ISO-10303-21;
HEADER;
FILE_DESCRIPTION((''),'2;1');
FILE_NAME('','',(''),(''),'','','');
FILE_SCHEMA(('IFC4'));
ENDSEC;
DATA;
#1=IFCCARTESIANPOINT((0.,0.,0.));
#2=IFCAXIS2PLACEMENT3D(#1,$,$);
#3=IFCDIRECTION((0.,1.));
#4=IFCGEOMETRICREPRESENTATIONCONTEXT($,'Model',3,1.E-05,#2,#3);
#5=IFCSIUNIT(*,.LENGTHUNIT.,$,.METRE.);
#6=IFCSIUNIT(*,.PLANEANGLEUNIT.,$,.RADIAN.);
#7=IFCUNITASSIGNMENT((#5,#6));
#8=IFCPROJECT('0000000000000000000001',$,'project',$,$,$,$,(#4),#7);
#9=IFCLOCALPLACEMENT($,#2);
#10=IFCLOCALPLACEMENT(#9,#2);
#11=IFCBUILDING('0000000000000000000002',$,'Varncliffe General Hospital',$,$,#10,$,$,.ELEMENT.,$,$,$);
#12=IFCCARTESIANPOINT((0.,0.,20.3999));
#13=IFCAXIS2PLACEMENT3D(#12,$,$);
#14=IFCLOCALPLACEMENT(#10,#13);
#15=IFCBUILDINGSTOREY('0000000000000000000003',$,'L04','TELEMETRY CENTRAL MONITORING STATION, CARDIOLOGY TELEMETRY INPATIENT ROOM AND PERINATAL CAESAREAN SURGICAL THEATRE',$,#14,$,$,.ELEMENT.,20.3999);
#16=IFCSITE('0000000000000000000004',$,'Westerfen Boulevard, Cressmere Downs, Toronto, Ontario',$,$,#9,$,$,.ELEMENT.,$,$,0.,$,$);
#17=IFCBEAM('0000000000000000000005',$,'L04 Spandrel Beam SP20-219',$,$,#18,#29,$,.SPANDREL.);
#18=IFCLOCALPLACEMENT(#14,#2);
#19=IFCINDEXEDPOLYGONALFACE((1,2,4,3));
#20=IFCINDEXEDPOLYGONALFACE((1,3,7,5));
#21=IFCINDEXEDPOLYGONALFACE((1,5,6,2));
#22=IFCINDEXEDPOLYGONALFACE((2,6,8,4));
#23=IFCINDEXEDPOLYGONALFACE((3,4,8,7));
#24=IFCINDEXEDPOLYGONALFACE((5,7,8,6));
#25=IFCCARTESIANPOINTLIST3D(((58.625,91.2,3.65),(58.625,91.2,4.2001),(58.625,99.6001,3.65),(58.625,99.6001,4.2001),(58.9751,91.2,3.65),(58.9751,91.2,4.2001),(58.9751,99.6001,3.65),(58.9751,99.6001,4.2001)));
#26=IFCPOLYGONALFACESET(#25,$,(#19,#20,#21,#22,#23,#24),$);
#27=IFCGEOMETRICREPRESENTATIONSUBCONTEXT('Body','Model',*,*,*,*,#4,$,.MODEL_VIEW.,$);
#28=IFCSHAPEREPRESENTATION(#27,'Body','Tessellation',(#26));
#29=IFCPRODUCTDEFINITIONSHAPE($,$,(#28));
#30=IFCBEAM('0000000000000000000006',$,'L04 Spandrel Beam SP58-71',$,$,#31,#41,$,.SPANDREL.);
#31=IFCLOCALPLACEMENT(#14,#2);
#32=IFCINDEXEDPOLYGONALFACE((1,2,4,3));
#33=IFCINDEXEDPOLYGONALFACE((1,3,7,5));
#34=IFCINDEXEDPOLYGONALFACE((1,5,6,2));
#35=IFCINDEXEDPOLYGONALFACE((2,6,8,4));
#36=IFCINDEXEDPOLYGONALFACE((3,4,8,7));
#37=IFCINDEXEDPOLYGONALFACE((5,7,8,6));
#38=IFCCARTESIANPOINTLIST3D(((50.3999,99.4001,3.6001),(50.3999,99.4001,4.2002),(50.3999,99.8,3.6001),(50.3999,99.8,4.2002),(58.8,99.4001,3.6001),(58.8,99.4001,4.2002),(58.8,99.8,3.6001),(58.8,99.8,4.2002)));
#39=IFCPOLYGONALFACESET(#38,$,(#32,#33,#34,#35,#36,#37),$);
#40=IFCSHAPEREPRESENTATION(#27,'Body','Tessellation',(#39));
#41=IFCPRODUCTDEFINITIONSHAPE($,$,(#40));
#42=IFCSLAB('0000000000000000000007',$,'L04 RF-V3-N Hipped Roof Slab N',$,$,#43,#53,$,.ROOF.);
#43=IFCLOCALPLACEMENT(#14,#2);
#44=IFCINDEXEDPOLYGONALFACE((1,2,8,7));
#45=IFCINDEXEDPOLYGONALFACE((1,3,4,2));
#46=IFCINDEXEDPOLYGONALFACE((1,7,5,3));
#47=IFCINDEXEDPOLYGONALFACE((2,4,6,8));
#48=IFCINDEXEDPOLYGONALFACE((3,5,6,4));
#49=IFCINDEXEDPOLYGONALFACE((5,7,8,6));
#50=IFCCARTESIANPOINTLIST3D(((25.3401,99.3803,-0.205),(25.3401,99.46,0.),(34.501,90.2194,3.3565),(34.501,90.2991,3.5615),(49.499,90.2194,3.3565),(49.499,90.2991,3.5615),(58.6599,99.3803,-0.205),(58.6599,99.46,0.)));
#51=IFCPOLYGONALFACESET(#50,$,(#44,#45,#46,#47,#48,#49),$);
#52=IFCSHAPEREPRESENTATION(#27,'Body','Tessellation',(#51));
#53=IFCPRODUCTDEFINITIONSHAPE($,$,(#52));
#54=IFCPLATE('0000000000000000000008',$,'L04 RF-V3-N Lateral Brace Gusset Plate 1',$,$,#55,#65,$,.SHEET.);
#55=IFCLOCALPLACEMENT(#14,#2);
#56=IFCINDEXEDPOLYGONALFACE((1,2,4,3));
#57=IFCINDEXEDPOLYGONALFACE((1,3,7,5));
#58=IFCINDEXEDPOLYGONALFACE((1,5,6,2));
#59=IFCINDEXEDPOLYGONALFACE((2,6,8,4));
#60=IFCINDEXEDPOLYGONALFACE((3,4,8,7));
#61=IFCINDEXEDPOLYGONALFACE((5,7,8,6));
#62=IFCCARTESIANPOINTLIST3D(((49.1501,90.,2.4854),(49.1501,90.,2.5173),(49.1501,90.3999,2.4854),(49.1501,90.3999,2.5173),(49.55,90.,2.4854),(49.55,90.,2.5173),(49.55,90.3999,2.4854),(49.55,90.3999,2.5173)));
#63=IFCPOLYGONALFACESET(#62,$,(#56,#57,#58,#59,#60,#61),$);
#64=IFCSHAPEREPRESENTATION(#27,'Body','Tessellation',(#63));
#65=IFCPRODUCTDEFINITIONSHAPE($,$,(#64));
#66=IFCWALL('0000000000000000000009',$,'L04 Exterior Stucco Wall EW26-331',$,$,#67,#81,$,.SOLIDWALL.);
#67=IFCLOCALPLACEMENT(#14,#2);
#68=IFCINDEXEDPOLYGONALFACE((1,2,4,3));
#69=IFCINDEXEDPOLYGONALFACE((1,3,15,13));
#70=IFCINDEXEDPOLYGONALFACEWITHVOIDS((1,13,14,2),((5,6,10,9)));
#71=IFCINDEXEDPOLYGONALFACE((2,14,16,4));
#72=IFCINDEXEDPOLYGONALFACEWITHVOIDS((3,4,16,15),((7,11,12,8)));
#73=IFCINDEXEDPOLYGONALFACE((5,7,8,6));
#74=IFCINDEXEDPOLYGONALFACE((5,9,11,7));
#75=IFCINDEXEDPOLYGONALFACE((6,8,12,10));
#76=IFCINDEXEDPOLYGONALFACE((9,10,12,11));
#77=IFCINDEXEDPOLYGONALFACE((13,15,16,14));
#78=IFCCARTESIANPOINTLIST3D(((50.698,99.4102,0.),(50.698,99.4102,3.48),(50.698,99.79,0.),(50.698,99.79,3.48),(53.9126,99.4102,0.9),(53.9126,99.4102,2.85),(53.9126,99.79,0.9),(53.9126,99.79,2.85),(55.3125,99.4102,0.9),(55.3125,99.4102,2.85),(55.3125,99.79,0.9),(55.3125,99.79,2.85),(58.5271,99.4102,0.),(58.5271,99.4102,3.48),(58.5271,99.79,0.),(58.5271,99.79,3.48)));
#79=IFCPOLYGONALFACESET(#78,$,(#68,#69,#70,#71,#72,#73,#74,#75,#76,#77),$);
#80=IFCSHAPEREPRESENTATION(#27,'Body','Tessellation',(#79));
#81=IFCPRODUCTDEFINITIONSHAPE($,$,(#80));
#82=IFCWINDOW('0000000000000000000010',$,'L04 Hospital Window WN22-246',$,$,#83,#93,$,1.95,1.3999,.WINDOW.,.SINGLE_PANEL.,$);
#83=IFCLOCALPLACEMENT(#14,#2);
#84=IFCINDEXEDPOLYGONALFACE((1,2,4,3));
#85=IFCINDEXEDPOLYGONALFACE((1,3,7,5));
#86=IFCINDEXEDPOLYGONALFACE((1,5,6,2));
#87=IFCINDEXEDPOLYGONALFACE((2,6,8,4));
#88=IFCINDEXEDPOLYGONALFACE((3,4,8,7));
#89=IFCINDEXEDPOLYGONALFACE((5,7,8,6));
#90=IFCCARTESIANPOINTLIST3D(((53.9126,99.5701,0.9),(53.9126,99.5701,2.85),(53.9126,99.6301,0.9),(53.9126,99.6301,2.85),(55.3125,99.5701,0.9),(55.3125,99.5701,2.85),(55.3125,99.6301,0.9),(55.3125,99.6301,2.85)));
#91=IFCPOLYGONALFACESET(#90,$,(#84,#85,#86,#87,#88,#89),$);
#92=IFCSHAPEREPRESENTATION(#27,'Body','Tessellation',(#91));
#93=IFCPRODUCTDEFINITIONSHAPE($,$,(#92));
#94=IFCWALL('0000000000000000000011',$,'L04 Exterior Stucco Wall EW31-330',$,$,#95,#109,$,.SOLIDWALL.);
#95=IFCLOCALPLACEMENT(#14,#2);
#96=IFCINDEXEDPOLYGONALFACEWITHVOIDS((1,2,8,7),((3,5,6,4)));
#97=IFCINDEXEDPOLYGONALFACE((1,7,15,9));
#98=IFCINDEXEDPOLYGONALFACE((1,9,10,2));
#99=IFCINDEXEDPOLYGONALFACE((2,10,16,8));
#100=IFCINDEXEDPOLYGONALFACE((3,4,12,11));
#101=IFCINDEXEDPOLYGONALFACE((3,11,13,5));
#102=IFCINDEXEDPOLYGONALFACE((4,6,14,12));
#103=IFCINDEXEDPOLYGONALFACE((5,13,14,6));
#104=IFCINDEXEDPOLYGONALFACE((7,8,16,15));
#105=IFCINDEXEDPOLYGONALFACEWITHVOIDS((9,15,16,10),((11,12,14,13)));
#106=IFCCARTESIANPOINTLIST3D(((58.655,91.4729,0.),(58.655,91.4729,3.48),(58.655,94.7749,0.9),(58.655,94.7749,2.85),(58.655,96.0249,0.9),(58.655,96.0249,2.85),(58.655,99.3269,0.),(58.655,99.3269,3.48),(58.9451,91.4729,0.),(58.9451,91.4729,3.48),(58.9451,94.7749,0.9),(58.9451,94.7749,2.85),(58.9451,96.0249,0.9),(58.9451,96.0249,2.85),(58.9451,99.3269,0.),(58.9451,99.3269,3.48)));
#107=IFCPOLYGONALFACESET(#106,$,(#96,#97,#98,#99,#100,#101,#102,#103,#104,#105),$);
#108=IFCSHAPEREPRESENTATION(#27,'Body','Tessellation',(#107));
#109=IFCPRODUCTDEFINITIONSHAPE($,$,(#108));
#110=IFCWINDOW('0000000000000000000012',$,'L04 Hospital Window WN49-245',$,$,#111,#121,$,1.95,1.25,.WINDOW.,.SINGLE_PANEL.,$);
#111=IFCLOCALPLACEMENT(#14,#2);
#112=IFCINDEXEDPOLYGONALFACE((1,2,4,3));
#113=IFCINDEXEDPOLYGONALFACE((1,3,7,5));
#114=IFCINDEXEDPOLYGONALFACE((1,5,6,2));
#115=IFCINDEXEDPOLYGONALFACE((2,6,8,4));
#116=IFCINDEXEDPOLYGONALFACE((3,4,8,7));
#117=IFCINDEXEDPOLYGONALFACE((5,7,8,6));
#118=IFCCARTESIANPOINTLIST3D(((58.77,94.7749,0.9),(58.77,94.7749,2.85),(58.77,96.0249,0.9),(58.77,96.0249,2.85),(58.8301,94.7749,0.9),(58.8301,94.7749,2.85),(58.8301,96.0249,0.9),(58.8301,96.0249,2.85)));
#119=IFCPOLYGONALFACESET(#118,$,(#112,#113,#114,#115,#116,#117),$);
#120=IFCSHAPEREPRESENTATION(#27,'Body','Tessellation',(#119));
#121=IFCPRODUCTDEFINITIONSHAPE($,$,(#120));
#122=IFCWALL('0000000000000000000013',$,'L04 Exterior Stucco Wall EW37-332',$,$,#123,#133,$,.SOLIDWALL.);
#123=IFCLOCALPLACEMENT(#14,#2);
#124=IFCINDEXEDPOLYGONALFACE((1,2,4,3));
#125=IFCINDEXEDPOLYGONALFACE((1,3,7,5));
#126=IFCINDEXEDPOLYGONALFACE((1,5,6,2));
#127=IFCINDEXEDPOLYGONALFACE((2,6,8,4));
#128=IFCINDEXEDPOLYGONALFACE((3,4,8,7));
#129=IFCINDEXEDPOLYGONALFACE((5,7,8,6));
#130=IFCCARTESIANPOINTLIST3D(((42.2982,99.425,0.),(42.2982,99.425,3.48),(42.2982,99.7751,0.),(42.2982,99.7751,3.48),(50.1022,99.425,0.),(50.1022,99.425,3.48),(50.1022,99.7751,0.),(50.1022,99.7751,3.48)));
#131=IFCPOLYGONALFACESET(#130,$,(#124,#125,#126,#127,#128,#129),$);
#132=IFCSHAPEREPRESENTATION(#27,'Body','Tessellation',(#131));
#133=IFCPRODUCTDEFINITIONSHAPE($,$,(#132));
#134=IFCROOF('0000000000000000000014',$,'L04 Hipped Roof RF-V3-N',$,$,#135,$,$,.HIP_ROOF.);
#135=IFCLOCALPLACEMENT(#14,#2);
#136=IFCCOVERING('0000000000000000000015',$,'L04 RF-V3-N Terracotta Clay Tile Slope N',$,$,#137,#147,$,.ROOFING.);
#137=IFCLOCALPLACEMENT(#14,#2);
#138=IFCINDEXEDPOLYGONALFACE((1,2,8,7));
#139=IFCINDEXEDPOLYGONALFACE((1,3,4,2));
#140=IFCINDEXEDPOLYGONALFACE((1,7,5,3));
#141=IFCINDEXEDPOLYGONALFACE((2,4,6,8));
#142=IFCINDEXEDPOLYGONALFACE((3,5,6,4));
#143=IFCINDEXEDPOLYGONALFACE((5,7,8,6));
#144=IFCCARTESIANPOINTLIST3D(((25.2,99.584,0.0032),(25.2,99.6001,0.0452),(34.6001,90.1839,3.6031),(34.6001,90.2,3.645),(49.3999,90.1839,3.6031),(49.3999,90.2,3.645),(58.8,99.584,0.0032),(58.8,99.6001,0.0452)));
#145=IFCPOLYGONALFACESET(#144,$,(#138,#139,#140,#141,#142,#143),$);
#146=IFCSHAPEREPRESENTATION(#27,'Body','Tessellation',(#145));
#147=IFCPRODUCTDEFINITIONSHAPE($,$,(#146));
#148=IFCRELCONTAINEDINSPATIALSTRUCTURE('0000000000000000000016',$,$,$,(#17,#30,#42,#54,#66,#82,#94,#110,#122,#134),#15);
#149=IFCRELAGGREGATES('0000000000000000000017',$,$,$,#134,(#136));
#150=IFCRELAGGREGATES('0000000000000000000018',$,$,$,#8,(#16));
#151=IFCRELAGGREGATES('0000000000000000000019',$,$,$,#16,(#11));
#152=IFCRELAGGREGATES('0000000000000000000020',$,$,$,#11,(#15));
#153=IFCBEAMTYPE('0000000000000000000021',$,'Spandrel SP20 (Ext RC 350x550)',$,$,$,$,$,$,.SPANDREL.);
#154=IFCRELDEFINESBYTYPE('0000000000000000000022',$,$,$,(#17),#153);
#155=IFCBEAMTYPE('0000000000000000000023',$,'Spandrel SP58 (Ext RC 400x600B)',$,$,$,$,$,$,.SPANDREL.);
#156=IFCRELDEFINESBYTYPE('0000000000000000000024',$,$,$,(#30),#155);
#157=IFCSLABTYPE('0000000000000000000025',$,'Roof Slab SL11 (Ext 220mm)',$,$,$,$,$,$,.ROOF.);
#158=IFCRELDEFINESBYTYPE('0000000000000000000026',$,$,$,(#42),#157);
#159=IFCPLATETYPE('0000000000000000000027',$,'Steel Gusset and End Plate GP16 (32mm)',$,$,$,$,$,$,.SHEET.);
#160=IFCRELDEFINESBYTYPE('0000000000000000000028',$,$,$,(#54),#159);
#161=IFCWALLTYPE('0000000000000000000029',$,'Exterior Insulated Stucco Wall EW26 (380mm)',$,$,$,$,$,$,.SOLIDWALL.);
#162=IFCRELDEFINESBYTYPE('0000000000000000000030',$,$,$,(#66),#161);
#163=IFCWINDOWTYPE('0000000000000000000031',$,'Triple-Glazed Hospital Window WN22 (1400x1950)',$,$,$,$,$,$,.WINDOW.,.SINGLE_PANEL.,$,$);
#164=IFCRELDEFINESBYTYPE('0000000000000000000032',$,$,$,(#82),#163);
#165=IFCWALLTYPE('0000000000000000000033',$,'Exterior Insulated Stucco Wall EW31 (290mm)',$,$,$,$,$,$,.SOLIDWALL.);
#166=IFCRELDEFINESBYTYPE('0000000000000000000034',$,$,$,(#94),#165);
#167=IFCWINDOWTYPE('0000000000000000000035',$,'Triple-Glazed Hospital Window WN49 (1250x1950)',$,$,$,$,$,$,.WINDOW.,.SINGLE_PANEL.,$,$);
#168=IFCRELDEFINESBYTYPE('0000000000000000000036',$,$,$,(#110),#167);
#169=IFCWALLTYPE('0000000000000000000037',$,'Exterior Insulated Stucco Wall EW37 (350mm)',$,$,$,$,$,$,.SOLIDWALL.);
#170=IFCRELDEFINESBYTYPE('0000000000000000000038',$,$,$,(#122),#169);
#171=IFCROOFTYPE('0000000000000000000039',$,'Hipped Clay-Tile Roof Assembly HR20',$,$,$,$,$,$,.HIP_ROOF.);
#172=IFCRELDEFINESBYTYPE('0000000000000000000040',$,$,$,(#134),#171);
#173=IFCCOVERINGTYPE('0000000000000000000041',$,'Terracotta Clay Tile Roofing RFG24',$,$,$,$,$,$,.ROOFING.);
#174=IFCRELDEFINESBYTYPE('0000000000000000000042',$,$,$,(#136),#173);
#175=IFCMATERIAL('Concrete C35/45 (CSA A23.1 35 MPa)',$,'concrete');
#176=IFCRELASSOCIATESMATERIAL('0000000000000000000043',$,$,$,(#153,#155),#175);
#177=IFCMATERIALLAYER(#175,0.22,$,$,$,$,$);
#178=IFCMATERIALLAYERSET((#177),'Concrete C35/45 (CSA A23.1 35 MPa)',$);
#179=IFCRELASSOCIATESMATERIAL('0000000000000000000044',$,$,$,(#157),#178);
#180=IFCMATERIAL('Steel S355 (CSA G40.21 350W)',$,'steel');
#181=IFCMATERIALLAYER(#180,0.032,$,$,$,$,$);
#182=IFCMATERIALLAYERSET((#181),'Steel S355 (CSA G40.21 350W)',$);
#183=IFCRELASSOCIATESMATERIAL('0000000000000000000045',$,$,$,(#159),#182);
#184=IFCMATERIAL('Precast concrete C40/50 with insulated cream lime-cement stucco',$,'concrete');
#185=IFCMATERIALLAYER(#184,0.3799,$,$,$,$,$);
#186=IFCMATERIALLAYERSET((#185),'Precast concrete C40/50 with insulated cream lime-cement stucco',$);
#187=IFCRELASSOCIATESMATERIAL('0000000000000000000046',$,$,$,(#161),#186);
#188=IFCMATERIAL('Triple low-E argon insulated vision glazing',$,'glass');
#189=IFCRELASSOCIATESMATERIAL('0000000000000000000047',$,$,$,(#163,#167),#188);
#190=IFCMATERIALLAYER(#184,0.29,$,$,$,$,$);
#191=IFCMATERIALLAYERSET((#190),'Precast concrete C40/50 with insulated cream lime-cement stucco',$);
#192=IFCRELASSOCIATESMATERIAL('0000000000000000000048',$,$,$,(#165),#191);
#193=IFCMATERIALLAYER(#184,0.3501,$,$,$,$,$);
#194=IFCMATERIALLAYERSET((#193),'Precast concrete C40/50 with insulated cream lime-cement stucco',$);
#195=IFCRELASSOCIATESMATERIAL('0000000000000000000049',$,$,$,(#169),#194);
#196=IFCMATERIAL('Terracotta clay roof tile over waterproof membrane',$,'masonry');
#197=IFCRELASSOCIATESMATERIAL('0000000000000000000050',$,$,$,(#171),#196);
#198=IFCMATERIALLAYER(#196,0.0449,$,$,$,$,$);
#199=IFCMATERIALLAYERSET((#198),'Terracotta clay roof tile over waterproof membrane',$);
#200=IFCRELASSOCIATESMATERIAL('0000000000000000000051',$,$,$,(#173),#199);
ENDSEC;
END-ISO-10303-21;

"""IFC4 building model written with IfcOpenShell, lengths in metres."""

from ifc_helpers import new_model, si_unit, direction, frame, frame_2d, origin, origin_2d, place, context, subcontext, project, spatial, polyline, rectangle, outline, extrude, material, layer, layer_set, material_profile, profile_set, type_object, element, fill, aggregate, save


model = new_model("IFC4")

# Units and contexts
model_context = context("Model", 3, precision=1e-05, world=origin(), true_north=direction((0.0, 1.0)))
body_context = subcontext(model_context, "Body", "Model", "MODEL_VIEW")
ifc_project = project(units=[si_unit("LENGTHUNIT", "METRE"), si_unit("PLANEANGLEUNIT", "RADIAN")], contexts=[model_context])

# Site, building, storey
site_placement = place(None, origin())
site = spatial("IfcSite", under=ifc_project, at=site_placement, Name="Westerfen Boulevard, Cressmere Downs, Toronto, Ontario", CompositionType="ELEMENT", RefElevation=0.0)
building_placement = place(site_placement, origin())
building = spatial("IfcBuilding", under=site, at=building_placement, Name="Varncliffe General Hospital", CompositionType="ELEMENT")
storey_placement = place(building_placement, frame((0.0, 0.0, 20.3999)))
storey = spatial("IfcBuildingStorey", under=building, at=storey_placement, Name="L04", Description="TELEMETRY CENTRAL MONITORING STATION, CARDIOLOGY TELEMETRY INPATIENT ROOM AND PERINATAL CAESAREAN SURGICAL THEATRE", CompositionType="ELEMENT", Elevation=20.3999)

# Shared definitions
ifc_material_1 = material(Name="Concrete C35/45 (CSA A23.1 35 MPa)", Category="concrete")

# Shared definitions
ifc_material_2 = material(Name="Steel S355 (CSA G40.21 350W)", Category="steel")

# Beams
ifc_material_profile_1 = material_profile(ifc_material_1, rectangle(XDim=0.3501, YDim=0.55, at=origin_2d()), Name="RC 350x550")
ifc_profile_set_1 = profile_set([ifc_material_profile_1], Name="Concrete C35/45 (CSA A23.1 35 MPa)")
beam_type_1 = type_object("IfcBeamType", Name="Spandrel SP20 (Ext RC 350x550)", PredefinedType="SPANDREL", material=ifc_profile_set_1)
beam_1_placement = place(storey_placement, frame((58.8, 91.2, 3.925), z_axis=(0.0, 1.0, 0.0), x_axis=(-1.0, 0.0, 0.0)))
element("IfcBeam", 1, at=beam_1_placement, inside=storey, type_object=beam_type_1, Name="L04 Spandrel Beam SP20-219", PredefinedType="SPANDREL", context=body_context, shape_type="SweptSolid", body=[
    extrude(rectangle(XDim=0.3501, YDim=0.55, at=origin_2d()), origin(), (0.0, 0.0, 1.0), 8.4001),
])
ifc_material_profile_2 = material_profile(ifc_material_1, rectangle(XDim=0.3999, YDim=0.6001, at=origin_2d()), Name="RC 400x600")
ifc_profile_set_2 = profile_set([ifc_material_profile_2], Name="Concrete C35/45 (CSA A23.1 35 MPa)")
beam_type_2 = type_object("IfcBeamType", Name="Spandrel SP58 (Ext RC 400x600B)", PredefinedType="SPANDREL", material=ifc_profile_set_2)
beam_2_placement = place(storey_placement, frame((50.3999, 99.6001, 3.9001), z_axis=(1.0, 0.0, 0.0), x_axis=(0.0, 1.0, 0.0)))
element("IfcBeam", 2, at=beam_2_placement, inside=storey, type_object=beam_type_2, Name="L04 Spandrel Beam SP58-71", PredefinedType="SPANDREL", context=body_context, shape_type="SweptSolid", body=[
    extrude(rectangle(XDim=0.3999, YDim=0.6001, at=origin_2d()), origin(), (0.0, 0.0, 1.0), 8.4001),
])

# Slab
ifc_layer_1 = layer(ifc_material_1, 0.22)
ifc_layer_set_1 = layer_set([ifc_layer_1], Name="Concrete C35/45 (CSA A23.1 35 MPa)")
slab_type = type_object("IfcSlabType", Name="Roof Slab SL11 (Ext 220mm)", PredefinedType="ROOF", material=ifc_layer_set_1)
slab_placement = place(storey_placement, frame((58.6599, 99.46, 0.0), z_axis=(0.0, 0.362354, 0.932041), x_axis=(-1.0, 0.0, 0.0)))
element("IfcSlab", 3, at=slab_placement, inside=storey, type_object=slab_type, Name="L04 RF-V3-N Hipped Roof Slab N", PredefinedType="ROOF", context=body_context, shape_type="SweptSolid", body=[
    extrude(outline(polyline([(0.0, 0.0), (33.3198, 0.0), (24.1589, 9.8289), (9.1609, 9.8289), (0.0, 0.0)])), origin(), (0.0, 0.0, -1.0), 0.22),
])

# Plate
ifc_layer_2 = layer(ifc_material_2, 0.032)
ifc_layer_set_2 = layer_set([ifc_layer_2], Name="Steel S355 (CSA G40.21 350W)")
plate_type = type_object("IfcPlateType", Name="Steel Gusset and End Plate GP16 (32mm)", PredefinedType="SHEET", material=ifc_layer_set_2)
plate_placement = place(storey_placement, frame((49.3501, 90.2, 2.4854), z_axis=(0.0, 0.0, 1.0), x_axis=(1.0, 0.0, 0.0)))
element("IfcPlate", 4, at=plate_placement, inside=storey, type_object=plate_type, Name="L04 RF-V3-N Lateral Brace Gusset Plate 1", PredefinedType="SHEET", context=body_context, shape_type="SweptSolid", body=[
    extrude(rectangle(XDim=0.3999, YDim=0.3999, at=origin_2d()), origin(), (0.0, 0.0, 1.0), 0.032),
])

# Walls, openings, windows
ifc_material_3 = material(Name="Precast concrete C40/50 with insulated cream lime-cement stucco", Category="concrete")
ifc_layer_3 = layer(ifc_material_3, 0.3799)
ifc_layer_set_3 = layer_set([ifc_layer_3], Name="Precast concrete C40/50 with insulated cream lime-cement stucco")
wall_type_1 = type_object("IfcWallType", Name="Exterior Insulated Stucco Wall EW26 (380mm)", PredefinedType="SOLIDWALL", material=ifc_layer_set_3)
wall_1_placement = place(storey_placement, frame((58.5271, 99.6001, 0.0), z_axis=(0.0, 0.0, 1.0), x_axis=(-1.0, 0.0, 0.0)))
wall_1 = element("IfcWall", 5, at=wall_1_placement, inside=storey, type_object=wall_type_1, Name="L04 Exterior Stucco Wall EW26-331", PredefinedType="SOLIDWALL", context=body_context, shape_type="SweptSolid", body=[
    extrude(rectangle(XDim=7.8291, YDim=0.3799, at=frame_2d((3.9146, 0.0))), origin(), (0.0, 0.0, 1.0), 3.48),
])
opening_1_placement = place(wall_1_placement, frame((3.2146, 0.0, 0.8999)))
opening_1 = element("IfcOpeningElement", 6, at=opening_1_placement, cuts=wall_1, PredefinedType="OPENING", context=body_context, shape_type="SweptSolid", body=[
    extrude(rectangle(XDim=1.3999, YDim=1.95, at=frame_2d((0.7, 0.9751))), frame((0.0, 0.2, 0.0), z_axis=(0.0, -1.0, 0.0), x_axis=(1.0, 0.0, 0.0)), (0.0, 0.0, 1.0), 0.3999),
])
ifc_material_4 = material(Name="Triple low-E argon insulated vision glazing", Category="glass")
window_type_1 = type_object("IfcWindowType", Name="Triple-Glazed Hospital Window WN22 (1400x1950)", PartitioningType="SINGLE_PANEL", PredefinedType="WINDOW", material=ifc_material_4)
window_1_placement = place(opening_1_placement, origin())
window_1 = element("IfcWindow", 7, at=window_1_placement, inside=storey, type_object=window_type_1, Name="L04 Hospital Window WN22-246", OverallHeight=1.95, OverallWidth=1.3999, PartitioningType="SINGLE_PANEL", PredefinedType="WINDOW", context=body_context, shape_type="SweptSolid", body=[
    extrude(rectangle(XDim=1.3999, YDim=1.95, at=frame_2d((0.7, 0.9751))), frame((0.0, 0.03, 0.0), z_axis=(0.0, -1.0, 0.0), x_axis=(1.0, 0.0, 0.0)), (0.0, 0.0, 1.0), 0.0601),
])
fill(opening_1, window_1)
ifc_layer_4 = layer(ifc_material_3, 0.29)
ifc_layer_set_4 = layer_set([ifc_layer_4], Name="Precast concrete C40/50 with insulated cream lime-cement stucco")
wall_type_2 = type_object("IfcWallType", Name="Exterior Insulated Stucco Wall EW31 (290mm)", PredefinedType="SOLIDWALL", material=ifc_layer_set_4)
wall_2_placement = place(storey_placement, frame((58.8, 91.4729, 0.0), z_axis=(0.0, 0.0, 1.0), x_axis=(0.0, 1.0, 0.0)))
wall_2 = element("IfcWall", 8, at=wall_2_placement, inside=storey, type_object=wall_type_2, Name="L04 Exterior Stucco Wall EW31-330", PredefinedType="SOLIDWALL", context=body_context, shape_type="SweptSolid", body=[
    extrude(rectangle(XDim=7.854, YDim=0.29, at=frame_2d((3.927, 0.0))), origin(), (0.0, 0.0, 1.0), 3.48),
])
opening_2_placement = place(wall_2_placement, frame((3.302, 0.0, 0.8999)))
opening_2 = element("IfcOpeningElement", 9, at=opening_2_placement, cuts=wall_2, PredefinedType="OPENING", context=body_context, shape_type="SweptSolid", body=[
    extrude(rectangle(XDim=1.25, YDim=1.95, at=frame_2d((0.625, 0.9751))), frame((0.0, 0.155, 0.0), z_axis=(0.0, -1.0, 0.0), x_axis=(1.0, 0.0, 0.0)), (0.0, 0.0, 1.0), 0.3101),
])
window_type_2 = type_object("IfcWindowType", Name="Triple-Glazed Hospital Window WN49 (1250x1950)", PartitioningType="SINGLE_PANEL", PredefinedType="WINDOW", material=ifc_material_4)
window_2_placement = place(opening_2_placement, origin())
window_2 = element("IfcWindow", 10, at=window_2_placement, inside=storey, type_object=window_type_2, Name="L04 Hospital Window WN49-245", OverallHeight=1.95, OverallWidth=1.25, PartitioningType="SINGLE_PANEL", PredefinedType="WINDOW", context=body_context, shape_type="SweptSolid", body=[
    extrude(rectangle(XDim=1.25, YDim=1.95, at=frame_2d((0.625, 0.9751))), frame((0.0, 0.03, 0.0), z_axis=(0.0, -1.0, 0.0), x_axis=(1.0, 0.0, 0.0)), (0.0, 0.0, 1.0), 0.0601),
])
fill(opening_2, window_2)

# Wall
ifc_layer_5 = layer(ifc_material_3, 0.3501)
ifc_layer_set_5 = layer_set([ifc_layer_5], Name="Precast concrete C40/50 with insulated cream lime-cement stucco")
wall_type_3 = type_object("IfcWallType", Name="Exterior Insulated Stucco Wall EW37 (350mm)", PredefinedType="SOLIDWALL", material=ifc_layer_set_5)
wall_3_placement = place(storey_placement, frame((50.1021, 99.6001, 0.0), z_axis=(0.0, 0.0, 1.0), x_axis=(-1.0, 0.0, 0.0)))
element("IfcWall", 11, at=wall_3_placement, inside=storey, type_object=wall_type_3, Name="L04 Exterior Stucco Wall EW37-332", PredefinedType="SOLIDWALL", context=body_context, shape_type="SweptSolid", body=[
    extrude(rectangle(XDim=7.804, YDim=0.3501, at=frame_2d((3.9019, 0.0))), origin(), (0.0, 0.0, 1.0), 3.48),
])

# Roof, covering
ifc_material_5 = material(Name="Terracotta clay roof tile over waterproof membrane", Category="masonry")
roof_type = type_object("IfcRoofType", Name="Hipped Clay-Tile Roof Assembly HR20", PredefinedType="HIP_ROOF", material=ifc_material_5)
roof_placement = place(storey_placement, origin())
roof = element("IfcRoof", 12, at=roof_placement, inside=storey, type_object=roof_type, Name="L04 Hipped Roof RF-V3-N", PredefinedType="HIP_ROOF")
ifc_layer_6 = layer(ifc_material_5, 0.0449)
ifc_layer_set_6 = layer_set([ifc_layer_6], Name="Terracotta clay roof tile over waterproof membrane")
covering_type = type_object("IfcCoveringType", Name="Terracotta Clay Tile Roofing RFG24", PredefinedType="ROOFING", material=ifc_layer_set_6)
covering_placement = place(storey_placement, frame((58.8, 99.6001, 0.0452), z_axis=(0.0, 0.35763, 0.933863), x_axis=(-1.0, 0.0, 0.0)))
covering = element("IfcCovering", 13, at=covering_placement, type_object=covering_type, Name="L04 RF-V3-N Terracotta Clay Tile Slope N", PredefinedType="ROOFING", context=body_context, shape_type="SweptSolid", body=[
    extrude(outline(polyline([(0.0, 0.0), (33.6001, 0.0), (24.2, 10.0659), (9.4001, 10.0659), (0.0, 0.0)])), origin(), (0.0, 0.0, -1.0), 0.0449),
])
aggregate(roof, [covering])

save(model, "model.ifc")
